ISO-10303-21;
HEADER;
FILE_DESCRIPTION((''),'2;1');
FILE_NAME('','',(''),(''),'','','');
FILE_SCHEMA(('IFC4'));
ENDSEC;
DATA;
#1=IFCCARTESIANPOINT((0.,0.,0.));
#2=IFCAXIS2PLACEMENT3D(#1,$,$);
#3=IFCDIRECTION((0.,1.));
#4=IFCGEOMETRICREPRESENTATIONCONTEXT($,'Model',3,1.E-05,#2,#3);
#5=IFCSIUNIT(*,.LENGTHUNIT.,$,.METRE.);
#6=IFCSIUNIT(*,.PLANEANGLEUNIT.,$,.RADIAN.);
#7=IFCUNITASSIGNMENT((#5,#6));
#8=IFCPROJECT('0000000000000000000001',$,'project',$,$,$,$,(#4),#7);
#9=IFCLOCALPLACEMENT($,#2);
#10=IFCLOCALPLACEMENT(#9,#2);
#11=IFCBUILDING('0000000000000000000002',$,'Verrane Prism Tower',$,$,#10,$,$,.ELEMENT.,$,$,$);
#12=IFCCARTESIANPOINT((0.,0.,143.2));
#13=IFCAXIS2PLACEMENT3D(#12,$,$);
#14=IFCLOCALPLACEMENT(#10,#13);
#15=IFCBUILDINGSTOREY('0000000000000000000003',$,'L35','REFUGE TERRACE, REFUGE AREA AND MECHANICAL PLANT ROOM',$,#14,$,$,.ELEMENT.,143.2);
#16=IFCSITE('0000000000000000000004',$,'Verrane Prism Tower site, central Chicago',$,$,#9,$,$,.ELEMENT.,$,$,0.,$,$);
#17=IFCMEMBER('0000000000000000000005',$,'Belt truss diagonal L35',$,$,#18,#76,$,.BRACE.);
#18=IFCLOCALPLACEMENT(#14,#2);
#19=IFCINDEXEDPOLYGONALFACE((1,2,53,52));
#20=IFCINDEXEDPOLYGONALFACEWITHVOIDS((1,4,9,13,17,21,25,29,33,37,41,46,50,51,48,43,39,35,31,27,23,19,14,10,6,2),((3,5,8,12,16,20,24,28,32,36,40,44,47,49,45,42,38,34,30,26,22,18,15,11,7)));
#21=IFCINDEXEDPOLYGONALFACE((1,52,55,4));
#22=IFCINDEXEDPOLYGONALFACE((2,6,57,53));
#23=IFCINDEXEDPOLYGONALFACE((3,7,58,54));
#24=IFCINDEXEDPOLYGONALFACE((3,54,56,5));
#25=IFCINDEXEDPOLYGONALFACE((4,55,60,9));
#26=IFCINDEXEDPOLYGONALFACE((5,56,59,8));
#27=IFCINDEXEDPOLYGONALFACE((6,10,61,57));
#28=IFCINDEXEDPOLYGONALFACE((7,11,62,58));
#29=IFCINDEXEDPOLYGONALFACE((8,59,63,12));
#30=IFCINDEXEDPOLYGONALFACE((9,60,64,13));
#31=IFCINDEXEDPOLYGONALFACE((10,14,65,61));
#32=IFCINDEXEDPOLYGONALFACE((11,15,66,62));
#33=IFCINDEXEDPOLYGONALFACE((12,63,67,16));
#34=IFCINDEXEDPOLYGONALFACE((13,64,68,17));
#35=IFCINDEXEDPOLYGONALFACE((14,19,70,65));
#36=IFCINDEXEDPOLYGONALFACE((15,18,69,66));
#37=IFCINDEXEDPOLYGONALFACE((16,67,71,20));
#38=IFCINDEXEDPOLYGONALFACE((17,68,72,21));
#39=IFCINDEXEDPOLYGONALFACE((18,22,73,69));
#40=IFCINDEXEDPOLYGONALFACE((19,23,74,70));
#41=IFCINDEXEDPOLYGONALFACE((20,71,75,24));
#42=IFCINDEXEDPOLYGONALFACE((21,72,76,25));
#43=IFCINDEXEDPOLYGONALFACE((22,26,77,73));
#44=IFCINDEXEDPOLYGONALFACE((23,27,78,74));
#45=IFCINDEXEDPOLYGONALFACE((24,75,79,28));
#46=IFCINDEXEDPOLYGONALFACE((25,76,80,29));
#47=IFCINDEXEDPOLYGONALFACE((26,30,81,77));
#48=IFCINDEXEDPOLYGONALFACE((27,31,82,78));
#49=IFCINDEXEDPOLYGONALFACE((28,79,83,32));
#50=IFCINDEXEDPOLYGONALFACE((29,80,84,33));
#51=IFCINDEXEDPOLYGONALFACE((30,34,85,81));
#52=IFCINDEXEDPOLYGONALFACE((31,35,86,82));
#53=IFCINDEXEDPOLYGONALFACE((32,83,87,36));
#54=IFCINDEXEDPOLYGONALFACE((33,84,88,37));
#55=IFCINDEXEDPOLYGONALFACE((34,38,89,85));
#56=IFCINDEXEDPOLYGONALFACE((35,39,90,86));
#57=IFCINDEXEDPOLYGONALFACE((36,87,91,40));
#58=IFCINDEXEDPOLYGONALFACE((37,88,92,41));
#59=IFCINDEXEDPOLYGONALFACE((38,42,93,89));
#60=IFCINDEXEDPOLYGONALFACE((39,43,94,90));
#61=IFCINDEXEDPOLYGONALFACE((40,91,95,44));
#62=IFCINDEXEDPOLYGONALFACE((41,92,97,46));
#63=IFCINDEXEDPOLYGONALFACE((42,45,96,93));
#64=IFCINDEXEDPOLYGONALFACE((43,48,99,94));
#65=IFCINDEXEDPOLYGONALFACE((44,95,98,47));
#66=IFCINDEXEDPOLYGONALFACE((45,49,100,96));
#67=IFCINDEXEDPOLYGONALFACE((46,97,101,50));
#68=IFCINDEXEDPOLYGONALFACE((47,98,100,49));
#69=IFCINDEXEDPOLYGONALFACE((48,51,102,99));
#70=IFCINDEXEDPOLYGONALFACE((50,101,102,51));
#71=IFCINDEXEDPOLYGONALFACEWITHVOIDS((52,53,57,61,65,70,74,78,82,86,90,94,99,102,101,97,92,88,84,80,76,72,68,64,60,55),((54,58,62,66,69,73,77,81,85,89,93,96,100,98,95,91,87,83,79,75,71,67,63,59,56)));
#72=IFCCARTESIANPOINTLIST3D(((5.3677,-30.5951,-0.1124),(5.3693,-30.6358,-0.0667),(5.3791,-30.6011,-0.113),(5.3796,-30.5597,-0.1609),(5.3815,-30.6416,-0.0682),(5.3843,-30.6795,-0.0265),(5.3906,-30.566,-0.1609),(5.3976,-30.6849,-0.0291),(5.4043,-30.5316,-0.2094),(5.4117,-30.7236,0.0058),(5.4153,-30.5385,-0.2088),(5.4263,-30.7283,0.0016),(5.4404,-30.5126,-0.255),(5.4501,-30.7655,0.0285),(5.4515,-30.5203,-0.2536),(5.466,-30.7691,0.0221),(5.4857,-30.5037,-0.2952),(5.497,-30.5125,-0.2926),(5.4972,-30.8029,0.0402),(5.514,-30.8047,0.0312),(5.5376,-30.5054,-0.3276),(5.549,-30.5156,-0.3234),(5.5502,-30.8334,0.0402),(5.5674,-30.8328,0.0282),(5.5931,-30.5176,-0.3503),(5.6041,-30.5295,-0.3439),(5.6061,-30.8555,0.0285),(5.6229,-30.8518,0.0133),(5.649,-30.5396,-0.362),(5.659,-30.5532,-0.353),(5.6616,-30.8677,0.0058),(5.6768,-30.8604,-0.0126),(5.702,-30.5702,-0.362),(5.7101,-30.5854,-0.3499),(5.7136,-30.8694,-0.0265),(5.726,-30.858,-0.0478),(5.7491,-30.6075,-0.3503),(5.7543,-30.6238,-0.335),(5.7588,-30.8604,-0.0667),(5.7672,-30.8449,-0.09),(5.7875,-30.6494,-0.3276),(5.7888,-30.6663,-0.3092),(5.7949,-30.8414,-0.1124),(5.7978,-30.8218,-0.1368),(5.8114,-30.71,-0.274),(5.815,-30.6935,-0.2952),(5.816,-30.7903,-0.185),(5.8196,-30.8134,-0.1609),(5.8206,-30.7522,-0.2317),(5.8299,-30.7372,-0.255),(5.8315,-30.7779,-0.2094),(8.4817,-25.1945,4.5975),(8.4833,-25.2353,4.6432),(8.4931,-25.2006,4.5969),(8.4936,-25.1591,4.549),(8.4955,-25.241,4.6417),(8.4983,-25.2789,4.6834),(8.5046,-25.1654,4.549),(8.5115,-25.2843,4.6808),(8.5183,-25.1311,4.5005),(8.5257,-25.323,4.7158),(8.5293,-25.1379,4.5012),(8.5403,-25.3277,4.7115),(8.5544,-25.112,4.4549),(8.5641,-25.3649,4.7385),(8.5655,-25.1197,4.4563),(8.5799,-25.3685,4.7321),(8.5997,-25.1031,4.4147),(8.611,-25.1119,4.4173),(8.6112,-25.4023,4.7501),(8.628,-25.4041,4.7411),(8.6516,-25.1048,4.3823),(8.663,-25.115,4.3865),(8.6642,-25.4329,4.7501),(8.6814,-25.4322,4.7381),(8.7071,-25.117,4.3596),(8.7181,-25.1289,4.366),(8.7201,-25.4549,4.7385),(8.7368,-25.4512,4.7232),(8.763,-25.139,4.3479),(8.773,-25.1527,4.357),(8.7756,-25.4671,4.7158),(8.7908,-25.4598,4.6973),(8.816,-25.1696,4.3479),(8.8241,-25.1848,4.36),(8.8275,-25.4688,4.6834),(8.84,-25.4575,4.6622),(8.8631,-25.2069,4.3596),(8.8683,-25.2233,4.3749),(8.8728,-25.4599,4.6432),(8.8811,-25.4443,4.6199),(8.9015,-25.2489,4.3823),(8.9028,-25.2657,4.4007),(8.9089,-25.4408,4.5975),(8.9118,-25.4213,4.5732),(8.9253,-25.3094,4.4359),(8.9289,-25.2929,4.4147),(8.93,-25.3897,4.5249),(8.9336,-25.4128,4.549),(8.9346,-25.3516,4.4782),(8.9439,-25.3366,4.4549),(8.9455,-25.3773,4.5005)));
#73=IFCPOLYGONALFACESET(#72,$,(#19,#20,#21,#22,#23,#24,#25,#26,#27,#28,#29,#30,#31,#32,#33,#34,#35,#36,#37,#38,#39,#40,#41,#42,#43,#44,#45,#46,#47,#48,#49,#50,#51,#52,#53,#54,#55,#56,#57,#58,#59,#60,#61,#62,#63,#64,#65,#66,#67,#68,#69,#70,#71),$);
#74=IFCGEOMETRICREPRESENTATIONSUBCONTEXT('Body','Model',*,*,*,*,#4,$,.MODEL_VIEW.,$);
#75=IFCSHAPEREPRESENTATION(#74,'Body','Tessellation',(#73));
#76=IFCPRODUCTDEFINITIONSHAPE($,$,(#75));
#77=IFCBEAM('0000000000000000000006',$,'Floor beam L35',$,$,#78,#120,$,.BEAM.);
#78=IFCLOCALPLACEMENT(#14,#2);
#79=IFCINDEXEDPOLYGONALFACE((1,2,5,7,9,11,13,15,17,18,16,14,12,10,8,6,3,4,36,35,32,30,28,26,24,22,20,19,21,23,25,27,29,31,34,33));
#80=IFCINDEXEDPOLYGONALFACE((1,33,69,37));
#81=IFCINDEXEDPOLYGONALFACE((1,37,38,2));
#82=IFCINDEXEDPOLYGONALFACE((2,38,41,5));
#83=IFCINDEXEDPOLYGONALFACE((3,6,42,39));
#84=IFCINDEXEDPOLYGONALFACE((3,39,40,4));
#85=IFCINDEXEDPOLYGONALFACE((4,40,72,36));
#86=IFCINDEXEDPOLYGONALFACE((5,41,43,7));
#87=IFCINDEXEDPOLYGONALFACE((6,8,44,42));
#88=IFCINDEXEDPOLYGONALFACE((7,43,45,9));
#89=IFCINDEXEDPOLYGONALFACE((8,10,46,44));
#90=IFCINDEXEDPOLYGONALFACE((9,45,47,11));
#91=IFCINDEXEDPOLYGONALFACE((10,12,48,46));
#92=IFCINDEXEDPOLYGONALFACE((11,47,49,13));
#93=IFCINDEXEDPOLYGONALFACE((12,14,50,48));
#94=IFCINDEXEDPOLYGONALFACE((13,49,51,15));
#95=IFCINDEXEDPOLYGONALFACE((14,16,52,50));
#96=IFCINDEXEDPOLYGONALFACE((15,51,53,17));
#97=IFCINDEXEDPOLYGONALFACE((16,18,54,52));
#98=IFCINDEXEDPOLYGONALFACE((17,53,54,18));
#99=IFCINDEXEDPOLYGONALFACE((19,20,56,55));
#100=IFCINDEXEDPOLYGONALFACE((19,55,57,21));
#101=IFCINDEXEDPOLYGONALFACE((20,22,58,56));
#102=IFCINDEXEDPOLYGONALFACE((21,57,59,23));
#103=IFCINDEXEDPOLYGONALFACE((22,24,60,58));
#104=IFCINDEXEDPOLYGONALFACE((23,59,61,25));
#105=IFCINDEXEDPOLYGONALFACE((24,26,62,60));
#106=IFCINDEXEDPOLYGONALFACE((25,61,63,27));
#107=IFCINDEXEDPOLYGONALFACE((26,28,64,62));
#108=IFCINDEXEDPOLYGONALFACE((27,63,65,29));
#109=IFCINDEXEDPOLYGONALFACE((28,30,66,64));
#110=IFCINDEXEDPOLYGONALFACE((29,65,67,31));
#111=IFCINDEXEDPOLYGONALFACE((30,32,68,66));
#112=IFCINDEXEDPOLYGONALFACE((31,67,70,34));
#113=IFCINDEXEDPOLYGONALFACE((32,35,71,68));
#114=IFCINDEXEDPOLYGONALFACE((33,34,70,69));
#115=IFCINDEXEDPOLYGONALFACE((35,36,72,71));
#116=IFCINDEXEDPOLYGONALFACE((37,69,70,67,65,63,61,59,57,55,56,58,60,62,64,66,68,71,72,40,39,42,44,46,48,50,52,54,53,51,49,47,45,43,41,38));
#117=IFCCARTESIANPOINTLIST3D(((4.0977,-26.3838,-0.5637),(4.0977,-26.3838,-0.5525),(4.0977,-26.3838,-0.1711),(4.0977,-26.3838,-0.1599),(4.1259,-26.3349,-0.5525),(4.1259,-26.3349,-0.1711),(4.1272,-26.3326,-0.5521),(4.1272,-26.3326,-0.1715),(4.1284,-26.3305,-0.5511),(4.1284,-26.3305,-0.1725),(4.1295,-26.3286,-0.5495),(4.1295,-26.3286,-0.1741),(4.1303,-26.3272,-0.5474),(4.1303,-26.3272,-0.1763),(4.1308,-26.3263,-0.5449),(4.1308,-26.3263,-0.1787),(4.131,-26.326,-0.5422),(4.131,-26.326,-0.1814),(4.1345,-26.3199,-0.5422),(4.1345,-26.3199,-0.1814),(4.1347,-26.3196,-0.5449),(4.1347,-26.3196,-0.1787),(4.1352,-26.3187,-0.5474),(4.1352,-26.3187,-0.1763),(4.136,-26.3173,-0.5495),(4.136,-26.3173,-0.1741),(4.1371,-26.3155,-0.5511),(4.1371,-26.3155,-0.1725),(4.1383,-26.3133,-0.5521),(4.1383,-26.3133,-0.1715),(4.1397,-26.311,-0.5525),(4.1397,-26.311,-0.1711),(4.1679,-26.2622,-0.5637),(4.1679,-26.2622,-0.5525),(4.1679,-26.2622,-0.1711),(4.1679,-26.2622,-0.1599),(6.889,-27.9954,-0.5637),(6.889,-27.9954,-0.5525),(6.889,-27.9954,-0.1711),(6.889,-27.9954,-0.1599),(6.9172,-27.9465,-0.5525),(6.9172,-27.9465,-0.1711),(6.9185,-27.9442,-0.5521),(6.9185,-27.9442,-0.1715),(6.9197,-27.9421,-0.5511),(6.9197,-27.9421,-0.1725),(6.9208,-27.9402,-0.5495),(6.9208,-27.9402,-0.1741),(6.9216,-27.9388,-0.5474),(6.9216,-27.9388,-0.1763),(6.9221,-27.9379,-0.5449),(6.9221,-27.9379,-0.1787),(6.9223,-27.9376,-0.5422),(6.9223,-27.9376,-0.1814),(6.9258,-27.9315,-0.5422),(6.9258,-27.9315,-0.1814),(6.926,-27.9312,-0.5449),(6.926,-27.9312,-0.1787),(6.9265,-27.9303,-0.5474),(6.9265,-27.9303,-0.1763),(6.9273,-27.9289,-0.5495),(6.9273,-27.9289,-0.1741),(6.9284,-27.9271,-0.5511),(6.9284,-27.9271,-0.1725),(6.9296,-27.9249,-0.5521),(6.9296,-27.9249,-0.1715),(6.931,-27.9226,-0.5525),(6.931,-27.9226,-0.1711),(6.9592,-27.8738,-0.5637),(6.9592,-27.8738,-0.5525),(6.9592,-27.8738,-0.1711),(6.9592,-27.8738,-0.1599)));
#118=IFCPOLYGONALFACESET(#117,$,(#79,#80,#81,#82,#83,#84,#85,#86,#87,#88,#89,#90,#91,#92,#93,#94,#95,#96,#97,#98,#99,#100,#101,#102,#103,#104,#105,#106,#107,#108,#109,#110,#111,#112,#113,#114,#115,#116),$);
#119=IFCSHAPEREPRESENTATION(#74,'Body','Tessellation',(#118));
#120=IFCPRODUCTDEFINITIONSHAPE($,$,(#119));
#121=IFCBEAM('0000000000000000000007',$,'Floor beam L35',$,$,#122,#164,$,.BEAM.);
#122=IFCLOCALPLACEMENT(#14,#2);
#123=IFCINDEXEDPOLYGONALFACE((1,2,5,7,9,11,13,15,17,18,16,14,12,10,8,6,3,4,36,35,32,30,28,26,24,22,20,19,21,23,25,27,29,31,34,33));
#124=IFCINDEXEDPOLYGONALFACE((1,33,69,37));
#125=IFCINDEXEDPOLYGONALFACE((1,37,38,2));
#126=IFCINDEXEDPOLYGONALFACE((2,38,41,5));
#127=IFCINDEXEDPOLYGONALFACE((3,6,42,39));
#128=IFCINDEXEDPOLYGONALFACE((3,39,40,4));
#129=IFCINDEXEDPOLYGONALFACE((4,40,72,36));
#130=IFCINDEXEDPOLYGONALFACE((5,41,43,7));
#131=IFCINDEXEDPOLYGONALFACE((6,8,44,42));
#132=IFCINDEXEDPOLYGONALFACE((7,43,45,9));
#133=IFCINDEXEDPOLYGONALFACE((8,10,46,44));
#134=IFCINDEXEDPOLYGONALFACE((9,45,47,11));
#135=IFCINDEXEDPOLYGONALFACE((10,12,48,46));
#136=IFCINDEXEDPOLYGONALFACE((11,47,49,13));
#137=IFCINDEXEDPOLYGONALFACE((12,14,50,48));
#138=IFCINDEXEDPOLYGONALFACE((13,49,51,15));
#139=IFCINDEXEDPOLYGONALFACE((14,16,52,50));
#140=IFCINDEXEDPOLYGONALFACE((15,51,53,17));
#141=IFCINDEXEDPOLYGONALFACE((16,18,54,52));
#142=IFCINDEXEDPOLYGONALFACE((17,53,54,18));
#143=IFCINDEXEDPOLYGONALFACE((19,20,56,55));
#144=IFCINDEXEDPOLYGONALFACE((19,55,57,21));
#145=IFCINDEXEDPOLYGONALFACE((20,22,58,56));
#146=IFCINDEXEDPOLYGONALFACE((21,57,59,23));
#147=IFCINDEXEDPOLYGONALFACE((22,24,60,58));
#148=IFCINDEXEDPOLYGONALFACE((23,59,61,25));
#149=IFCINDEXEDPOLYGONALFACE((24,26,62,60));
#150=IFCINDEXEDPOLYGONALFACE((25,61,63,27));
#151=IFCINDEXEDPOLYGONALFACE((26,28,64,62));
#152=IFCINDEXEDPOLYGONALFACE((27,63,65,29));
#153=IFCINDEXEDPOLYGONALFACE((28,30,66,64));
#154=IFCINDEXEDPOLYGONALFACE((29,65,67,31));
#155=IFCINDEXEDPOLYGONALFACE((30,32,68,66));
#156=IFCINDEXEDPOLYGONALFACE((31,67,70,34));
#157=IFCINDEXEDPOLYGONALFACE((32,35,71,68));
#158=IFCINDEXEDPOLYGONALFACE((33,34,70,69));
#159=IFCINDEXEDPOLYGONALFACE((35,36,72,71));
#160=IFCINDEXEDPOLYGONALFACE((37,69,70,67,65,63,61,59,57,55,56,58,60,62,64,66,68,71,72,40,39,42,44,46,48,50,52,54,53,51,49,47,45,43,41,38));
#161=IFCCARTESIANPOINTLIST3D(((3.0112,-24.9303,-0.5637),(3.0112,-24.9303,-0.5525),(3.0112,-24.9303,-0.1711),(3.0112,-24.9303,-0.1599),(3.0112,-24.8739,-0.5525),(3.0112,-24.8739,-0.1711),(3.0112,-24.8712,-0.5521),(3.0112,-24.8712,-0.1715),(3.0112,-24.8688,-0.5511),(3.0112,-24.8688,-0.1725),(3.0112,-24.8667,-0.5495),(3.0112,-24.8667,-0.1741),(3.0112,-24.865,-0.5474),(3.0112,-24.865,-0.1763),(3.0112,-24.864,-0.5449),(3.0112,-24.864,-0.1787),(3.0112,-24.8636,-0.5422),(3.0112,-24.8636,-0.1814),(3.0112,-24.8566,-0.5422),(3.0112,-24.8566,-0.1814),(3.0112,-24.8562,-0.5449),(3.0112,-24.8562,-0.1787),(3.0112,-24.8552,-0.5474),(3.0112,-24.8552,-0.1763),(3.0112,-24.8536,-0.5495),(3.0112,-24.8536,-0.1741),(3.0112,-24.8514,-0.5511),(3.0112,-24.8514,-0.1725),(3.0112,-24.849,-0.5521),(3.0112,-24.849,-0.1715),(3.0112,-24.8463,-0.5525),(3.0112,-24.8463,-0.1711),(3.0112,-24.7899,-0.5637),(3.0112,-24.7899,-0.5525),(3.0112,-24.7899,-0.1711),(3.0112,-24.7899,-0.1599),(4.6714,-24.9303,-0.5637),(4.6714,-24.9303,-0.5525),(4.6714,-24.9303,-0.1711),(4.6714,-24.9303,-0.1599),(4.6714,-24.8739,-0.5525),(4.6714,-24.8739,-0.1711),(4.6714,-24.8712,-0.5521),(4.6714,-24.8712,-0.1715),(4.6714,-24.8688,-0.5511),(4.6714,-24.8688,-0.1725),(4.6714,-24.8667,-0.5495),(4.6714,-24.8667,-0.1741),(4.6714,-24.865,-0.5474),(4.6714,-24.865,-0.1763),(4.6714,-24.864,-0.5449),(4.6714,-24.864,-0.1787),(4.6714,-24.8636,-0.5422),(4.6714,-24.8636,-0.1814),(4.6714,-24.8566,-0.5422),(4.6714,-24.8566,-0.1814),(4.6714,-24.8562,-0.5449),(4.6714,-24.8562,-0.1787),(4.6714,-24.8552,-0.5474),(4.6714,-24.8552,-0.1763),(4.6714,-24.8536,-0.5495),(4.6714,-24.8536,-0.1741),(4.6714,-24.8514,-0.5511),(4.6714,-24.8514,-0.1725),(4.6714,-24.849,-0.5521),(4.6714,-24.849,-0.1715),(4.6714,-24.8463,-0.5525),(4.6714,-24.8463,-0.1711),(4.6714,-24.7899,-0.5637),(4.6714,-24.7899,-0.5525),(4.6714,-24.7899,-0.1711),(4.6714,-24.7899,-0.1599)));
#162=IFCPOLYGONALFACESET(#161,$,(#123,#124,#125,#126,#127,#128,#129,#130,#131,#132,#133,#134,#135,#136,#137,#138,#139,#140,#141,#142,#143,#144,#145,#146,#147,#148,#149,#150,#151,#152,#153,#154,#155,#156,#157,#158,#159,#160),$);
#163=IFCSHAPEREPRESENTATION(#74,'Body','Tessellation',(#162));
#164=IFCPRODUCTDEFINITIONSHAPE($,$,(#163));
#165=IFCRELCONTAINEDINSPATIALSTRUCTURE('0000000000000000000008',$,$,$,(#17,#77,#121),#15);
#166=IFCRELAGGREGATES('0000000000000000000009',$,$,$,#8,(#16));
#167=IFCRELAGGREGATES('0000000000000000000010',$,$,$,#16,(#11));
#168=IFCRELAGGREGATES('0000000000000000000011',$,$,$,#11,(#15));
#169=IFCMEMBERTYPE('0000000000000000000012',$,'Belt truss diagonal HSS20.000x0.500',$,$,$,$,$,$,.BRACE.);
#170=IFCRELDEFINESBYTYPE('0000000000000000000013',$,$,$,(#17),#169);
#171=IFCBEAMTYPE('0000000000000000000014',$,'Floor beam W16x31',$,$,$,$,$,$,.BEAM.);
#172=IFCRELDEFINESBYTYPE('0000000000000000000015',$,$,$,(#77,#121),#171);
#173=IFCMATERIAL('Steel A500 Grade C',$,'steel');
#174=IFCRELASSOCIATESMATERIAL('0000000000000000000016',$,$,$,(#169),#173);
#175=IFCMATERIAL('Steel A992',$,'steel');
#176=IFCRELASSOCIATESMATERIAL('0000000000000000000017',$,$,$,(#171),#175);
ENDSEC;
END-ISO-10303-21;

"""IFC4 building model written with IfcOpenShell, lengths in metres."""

from ifc_helpers import new_model, si_unit, direction, frame, origin, origin_2d, place, context, subcontext, project, spatial, hollow_circle, i_section, extrude, material, material_profile, profile_set, type_object, element, save


model = new_model("IFC4")

# Units and contexts
model_context = context("Model", 3, precision=1e-05, world=origin(), true_north=direction((0.0, 1.0)))
body_context = subcontext(model_context, "Body", "Model", "MODEL_VIEW")
ifc_project = project(units=[si_unit("LENGTHUNIT", "METRE"), si_unit("PLANEANGLEUNIT", "RADIAN")], contexts=[model_context])

# Site, building, storey
site_placement = place(None, origin())
site = spatial("IfcSite", under=ifc_project, at=site_placement, Name="Verrane Prism Tower site, central Chicago", CompositionType="ELEMENT", RefElevation=0.0)
building_placement = place(site_placement, origin())
building = spatial("IfcBuilding", under=site, at=building_placement, Name="Verrane Prism Tower", CompositionType="ELEMENT")
storey_placement = place(building_placement, frame((0.0, 0.0, 143.2)))
storey = spatial("IfcBuildingStorey", under=building, at=storey_placement, Name="L35", Description="REFUGE TERRACE, REFUGE AREA AND MECHANICAL PLANT ROOM", CompositionType="ELEMENT", Elevation=143.2)

# Member
ifc_material_1 = material(Name="Steel A500 Grade C", Category="steel")
ifc_material_profile_1 = material_profile(ifc_material_1, hollow_circle(Radius=0.2539, WallThickness=0.0127, at=origin_2d()), Name="HSS20.000x0.500")
ifc_profile_set_1 = profile_set([ifc_material_profile_1], Name="Steel A500 Grade C")
member_type_1 = type_object("IfcMemberType", Name="Belt truss diagonal HSS20.000x0.500", PredefinedType="BRACE", material=ifc_profile_set_1)
member_1_placement = place(storey_placement, frame((5.5996, -30.6865, -0.1609), z_axis=(0.398553, 0.69121, 0.602813), x_axis=(-0.866306, 0.499513, 0.0)))
element("IfcMember", 1, at=member_1_placement, inside=storey, type_object=member_type_1, Name="Belt truss diagonal L35", PredefinedType="BRACE", context=body_context, shape_type="SweptSolid", body=[
    extrude(hollow_circle(Radius=0.2539, WallThickness=0.0127, at=origin_2d()), origin(), (0.0, 0.0, 1.0), 7.8132),
])

# Beams
ifc_material_2 = material(Name="Steel A992", Category="steel")
ifc_material_profile_2 = material_profile(ifc_material_2, i_section(OverallWidth=0.1404, OverallDepth=0.4038, WebThickness=0.0071, FlangeThickness=0.0112, FilletRadius=0.0103, at=origin_2d()), Name="W16x31")
ifc_profile_set_2 = profile_set([ifc_material_profile_2], Name="Steel A992")
beam_type_1 = type_object("IfcBeamType", Name="Floor beam W16x31", PredefinedType="BEAM", material=ifc_profile_set_2)
beam_1_placement = place(storey_placement, frame((6.9241, -27.9346, -0.3618), z_axis=(-0.86602, 0.500009, 0.0), x_axis=(-0.500009, -0.86602, 0.0)))
element("IfcBeam", 2, at=beam_1_placement, inside=storey, type_object=beam_type_1, Name="Floor beam L35", PredefinedType="BEAM", context=body_context, shape_type="SweptSolid", body=[
    extrude(i_section(OverallWidth=0.1404, OverallDepth=0.4038, WebThickness=0.0071, FlangeThickness=0.0112, FilletRadius=0.0103, at=origin_2d()), origin(), (0.0, 0.0, 1.0), 3.2231),
])
beam_2_placement = place(storey_placement, frame((3.0112, -24.8601, -0.3618), z_axis=(1.0, 0.0, 0.0), x_axis=(0.0, 1.0, 0.0)))
element("IfcBeam", 3, at=beam_2_placement, inside=storey, type_object=beam_type_1, Name="Floor beam L35", PredefinedType="BEAM", context=body_context, shape_type="SweptSolid", body=[
    extrude(i_section(OverallWidth=0.1404, OverallDepth=0.4038, WebThickness=0.0071, FlangeThickness=0.0112, FilletRadius=0.0103, at=origin_2d()), origin(), (0.0, 0.0, 1.0), 1.6602),
])

save(model, "model.ifc")
